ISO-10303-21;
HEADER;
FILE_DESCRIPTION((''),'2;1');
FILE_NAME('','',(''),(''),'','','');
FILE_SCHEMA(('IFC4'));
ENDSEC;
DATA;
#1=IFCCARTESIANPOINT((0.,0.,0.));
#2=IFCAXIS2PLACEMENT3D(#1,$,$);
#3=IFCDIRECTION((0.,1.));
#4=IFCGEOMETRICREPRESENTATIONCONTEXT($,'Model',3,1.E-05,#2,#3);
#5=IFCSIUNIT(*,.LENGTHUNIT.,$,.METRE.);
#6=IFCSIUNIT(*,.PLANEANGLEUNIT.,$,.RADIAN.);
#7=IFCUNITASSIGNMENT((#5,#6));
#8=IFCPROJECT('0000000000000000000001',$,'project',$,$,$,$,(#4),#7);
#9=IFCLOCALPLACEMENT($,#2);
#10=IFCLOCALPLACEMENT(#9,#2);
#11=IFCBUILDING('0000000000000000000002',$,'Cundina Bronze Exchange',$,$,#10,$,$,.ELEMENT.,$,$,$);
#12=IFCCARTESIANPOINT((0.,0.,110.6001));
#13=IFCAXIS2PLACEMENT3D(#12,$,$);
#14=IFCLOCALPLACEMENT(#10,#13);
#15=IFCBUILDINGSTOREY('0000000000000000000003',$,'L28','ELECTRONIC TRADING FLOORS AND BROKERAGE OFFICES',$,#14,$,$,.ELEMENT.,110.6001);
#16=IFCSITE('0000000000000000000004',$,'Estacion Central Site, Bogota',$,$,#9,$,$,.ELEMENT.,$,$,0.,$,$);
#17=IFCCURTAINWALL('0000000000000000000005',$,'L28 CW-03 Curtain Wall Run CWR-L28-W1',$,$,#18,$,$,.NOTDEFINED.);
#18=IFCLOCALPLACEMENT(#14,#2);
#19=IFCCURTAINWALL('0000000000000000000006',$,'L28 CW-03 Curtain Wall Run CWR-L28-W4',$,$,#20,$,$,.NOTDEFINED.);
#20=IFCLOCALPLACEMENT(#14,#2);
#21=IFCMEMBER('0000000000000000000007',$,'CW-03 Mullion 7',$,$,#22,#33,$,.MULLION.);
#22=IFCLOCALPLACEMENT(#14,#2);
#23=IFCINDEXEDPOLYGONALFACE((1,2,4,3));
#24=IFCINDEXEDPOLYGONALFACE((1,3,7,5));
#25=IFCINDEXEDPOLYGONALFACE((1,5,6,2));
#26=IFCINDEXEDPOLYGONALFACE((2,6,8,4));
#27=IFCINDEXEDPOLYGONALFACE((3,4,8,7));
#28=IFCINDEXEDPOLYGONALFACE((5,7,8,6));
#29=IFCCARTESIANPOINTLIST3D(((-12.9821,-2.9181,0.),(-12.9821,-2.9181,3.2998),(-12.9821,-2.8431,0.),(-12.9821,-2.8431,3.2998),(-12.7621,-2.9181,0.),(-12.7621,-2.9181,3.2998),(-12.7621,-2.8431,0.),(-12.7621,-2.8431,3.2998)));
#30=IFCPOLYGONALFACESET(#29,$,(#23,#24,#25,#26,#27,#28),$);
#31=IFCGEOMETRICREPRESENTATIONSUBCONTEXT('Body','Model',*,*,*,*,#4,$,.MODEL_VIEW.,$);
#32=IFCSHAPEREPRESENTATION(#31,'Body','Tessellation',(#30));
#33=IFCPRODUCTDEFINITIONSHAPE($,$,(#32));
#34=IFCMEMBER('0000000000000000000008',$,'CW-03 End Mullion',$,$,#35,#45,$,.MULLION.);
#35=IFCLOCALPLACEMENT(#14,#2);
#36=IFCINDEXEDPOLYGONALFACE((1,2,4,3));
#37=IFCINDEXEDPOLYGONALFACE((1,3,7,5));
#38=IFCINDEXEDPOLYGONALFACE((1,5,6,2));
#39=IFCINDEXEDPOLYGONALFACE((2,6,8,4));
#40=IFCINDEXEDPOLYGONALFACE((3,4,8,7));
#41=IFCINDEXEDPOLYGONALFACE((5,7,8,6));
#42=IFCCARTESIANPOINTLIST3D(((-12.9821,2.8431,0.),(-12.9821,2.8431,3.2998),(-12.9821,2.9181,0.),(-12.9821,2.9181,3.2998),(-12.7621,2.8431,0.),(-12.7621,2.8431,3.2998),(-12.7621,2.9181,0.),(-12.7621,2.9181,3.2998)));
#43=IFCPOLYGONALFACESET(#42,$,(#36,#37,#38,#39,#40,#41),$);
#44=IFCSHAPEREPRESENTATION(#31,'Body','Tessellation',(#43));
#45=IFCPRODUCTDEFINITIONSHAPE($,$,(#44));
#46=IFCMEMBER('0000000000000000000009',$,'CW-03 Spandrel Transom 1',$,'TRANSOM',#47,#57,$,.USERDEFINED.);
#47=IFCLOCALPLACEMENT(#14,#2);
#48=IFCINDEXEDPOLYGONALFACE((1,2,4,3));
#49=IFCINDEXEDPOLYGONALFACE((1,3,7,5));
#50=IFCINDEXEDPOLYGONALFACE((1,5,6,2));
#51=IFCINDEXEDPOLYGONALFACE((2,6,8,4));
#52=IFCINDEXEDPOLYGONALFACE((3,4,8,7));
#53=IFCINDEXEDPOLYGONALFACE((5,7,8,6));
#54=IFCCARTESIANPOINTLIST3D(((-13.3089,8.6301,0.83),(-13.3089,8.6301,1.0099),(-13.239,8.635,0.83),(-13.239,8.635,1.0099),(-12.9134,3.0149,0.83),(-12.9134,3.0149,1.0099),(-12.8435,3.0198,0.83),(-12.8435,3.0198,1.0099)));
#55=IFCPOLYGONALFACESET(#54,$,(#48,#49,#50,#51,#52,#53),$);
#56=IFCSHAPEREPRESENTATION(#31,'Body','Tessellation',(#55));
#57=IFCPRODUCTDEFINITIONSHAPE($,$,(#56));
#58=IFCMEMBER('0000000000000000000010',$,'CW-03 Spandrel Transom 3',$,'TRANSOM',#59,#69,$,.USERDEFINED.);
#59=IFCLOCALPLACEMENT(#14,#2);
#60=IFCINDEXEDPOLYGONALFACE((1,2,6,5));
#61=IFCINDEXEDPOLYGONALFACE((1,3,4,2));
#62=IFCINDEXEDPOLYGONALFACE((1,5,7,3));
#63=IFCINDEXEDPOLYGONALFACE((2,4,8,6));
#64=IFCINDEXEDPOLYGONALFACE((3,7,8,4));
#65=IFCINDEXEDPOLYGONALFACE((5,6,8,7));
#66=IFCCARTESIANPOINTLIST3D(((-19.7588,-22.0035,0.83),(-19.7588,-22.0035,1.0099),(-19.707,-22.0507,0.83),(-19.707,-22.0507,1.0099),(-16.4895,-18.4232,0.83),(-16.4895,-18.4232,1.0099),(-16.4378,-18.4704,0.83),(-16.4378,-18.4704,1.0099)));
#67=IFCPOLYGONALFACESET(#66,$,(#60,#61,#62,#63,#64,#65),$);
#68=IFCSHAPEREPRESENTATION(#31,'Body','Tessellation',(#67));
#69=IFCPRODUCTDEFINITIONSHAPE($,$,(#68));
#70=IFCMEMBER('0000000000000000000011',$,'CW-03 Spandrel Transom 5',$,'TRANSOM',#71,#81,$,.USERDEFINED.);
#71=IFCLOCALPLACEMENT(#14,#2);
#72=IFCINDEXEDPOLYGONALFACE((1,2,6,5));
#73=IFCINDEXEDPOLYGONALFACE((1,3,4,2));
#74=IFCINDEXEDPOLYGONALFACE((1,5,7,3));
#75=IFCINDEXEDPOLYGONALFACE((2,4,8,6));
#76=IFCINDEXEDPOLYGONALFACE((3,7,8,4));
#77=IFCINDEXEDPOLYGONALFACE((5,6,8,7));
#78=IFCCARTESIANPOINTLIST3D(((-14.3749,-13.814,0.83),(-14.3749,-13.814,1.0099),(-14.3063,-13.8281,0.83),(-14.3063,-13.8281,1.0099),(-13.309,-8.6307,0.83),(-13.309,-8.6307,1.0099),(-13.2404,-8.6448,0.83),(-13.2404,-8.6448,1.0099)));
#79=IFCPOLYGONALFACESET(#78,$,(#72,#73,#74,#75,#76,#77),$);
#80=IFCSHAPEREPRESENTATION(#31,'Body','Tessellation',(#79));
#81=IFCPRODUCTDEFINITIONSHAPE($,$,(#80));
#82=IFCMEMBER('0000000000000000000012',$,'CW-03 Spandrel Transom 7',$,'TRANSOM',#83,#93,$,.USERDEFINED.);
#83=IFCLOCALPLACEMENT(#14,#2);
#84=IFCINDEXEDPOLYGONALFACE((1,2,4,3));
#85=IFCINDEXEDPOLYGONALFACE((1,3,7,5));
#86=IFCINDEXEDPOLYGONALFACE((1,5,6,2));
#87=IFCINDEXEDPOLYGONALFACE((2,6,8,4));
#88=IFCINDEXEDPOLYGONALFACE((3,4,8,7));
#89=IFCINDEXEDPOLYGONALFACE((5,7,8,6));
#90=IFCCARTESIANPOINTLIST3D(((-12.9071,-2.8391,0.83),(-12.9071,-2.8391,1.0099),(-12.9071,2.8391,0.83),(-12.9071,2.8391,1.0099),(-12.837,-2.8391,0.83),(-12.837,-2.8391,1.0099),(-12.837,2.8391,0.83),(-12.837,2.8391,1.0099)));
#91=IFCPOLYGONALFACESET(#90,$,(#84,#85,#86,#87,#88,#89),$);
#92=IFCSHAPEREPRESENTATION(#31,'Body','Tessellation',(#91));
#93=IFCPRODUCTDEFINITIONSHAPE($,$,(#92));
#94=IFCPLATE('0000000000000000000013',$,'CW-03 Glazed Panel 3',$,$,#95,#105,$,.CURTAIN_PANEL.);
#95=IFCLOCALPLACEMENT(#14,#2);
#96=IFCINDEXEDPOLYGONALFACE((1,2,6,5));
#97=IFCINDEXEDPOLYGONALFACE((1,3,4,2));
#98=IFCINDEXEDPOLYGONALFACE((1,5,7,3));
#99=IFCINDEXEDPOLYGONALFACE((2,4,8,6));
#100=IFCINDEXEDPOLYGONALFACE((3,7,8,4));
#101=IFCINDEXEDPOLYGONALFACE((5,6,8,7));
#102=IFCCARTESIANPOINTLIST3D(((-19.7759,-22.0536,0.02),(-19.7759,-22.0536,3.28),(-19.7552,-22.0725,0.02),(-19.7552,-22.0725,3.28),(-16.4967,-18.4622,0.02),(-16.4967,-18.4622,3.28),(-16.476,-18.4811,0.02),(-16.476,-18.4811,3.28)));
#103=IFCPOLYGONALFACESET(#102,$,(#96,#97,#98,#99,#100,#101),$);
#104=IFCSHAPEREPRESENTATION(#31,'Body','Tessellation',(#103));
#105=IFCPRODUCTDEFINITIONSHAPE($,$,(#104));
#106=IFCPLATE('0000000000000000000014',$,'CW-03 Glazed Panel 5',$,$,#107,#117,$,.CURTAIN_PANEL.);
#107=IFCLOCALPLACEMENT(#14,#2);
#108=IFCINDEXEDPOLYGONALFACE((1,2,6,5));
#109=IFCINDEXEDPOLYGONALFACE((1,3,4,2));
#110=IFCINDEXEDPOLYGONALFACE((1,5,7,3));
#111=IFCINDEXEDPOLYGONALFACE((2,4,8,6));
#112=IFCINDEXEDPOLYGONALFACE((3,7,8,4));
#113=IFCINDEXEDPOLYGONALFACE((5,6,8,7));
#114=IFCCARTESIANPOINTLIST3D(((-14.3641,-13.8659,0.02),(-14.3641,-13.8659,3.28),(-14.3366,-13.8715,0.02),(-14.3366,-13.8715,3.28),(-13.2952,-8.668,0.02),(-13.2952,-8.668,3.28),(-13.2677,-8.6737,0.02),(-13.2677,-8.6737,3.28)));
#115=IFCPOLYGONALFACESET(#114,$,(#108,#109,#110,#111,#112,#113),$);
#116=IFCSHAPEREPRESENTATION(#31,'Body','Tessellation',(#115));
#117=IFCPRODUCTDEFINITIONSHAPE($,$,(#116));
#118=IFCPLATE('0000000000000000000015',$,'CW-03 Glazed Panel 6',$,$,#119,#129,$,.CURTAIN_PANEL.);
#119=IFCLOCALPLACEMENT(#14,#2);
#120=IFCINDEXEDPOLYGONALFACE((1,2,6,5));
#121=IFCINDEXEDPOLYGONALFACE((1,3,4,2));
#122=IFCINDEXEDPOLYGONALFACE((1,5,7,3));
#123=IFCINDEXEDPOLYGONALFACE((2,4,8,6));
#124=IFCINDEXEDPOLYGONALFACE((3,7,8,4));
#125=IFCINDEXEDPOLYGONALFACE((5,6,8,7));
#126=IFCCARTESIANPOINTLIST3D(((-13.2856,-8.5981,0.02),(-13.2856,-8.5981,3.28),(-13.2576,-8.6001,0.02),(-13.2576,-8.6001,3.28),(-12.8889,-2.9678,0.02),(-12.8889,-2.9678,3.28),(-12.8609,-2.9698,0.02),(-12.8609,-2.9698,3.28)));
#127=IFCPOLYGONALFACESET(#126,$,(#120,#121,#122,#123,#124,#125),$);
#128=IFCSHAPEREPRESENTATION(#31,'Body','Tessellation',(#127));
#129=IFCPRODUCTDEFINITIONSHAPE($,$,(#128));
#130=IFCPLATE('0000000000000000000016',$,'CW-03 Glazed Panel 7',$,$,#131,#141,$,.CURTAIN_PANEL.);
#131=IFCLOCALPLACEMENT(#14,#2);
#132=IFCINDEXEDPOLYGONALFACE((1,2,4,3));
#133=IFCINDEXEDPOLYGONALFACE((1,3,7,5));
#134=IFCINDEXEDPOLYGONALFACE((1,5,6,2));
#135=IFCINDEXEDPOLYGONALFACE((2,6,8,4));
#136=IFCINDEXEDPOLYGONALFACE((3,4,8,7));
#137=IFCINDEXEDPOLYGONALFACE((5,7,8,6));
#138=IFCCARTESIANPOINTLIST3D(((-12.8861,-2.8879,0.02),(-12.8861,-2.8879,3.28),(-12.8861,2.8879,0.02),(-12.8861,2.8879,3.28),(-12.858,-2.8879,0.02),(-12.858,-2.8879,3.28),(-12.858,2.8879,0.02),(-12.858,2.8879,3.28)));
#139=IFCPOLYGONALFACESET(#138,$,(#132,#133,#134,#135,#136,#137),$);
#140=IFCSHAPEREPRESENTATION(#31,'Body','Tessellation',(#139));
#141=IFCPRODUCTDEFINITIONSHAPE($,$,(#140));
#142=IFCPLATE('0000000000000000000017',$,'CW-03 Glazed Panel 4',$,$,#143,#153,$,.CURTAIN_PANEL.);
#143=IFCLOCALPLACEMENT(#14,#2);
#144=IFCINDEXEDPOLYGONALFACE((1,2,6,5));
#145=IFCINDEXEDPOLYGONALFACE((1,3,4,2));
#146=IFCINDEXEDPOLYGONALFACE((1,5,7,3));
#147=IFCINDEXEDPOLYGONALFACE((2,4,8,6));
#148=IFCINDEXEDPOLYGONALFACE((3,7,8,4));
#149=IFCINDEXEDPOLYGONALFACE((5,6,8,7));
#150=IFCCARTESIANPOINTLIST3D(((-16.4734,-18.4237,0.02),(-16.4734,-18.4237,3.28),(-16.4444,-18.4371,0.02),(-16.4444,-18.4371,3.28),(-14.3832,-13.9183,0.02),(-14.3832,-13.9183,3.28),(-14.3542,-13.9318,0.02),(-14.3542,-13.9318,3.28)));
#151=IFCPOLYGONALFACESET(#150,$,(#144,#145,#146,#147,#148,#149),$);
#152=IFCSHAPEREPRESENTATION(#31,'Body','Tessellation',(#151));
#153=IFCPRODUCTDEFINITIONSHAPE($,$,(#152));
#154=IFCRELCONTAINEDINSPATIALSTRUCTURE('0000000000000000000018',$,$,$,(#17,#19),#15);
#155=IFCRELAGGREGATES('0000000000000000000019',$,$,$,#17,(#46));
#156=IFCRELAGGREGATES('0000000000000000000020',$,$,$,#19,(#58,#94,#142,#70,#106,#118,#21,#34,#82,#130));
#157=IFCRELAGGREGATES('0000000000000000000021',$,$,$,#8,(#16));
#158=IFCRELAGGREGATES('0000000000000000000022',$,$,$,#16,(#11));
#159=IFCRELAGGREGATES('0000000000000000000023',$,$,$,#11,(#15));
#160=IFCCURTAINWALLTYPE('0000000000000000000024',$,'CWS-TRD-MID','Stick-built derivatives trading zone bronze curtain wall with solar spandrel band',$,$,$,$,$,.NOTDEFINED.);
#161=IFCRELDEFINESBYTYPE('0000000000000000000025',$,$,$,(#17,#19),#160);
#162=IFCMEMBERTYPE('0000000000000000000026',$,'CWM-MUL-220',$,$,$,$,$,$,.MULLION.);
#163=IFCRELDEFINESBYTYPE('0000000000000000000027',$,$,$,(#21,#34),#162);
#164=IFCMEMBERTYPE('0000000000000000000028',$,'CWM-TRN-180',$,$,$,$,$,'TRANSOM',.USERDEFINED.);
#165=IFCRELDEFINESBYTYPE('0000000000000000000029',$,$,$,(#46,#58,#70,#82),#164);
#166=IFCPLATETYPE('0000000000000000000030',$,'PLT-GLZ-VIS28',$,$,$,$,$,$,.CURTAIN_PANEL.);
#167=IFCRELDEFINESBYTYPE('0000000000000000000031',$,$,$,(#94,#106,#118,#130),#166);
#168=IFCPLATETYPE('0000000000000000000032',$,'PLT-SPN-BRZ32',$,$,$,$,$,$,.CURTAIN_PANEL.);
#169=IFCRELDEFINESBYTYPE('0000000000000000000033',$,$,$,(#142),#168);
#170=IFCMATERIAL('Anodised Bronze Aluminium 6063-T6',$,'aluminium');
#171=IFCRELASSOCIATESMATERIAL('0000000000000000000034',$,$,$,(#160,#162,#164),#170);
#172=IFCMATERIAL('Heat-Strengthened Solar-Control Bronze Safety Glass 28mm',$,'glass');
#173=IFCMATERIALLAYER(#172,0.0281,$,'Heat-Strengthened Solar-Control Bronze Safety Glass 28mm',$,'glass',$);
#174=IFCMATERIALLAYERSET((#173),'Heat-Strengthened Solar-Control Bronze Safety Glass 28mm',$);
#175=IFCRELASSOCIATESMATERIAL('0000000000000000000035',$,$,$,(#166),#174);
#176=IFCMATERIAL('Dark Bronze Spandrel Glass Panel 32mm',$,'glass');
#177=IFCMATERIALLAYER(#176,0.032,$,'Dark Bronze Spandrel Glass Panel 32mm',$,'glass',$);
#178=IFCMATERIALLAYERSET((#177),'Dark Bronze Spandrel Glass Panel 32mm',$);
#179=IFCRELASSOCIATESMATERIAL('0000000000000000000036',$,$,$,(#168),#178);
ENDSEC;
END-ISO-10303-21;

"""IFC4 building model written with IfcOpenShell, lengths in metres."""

from ifc_helpers import new_model, si_unit, direction, frame, origin, origin_2d, place, context, subcontext, project, spatial, rectangle, extrude, material, layer, layer_set, material_profile, profile_set, type_object, element, aggregate, save


model = new_model("IFC4")

# Units and contexts
model_context = context("Model", 3, precision=1e-05, world=origin(), true_north=direction((0.0, 1.0)))
body_context = subcontext(model_context, "Body", "Model", "MODEL_VIEW")
ifc_project = project(units=[si_unit("LENGTHUNIT", "METRE"), si_unit("PLANEANGLEUNIT", "RADIAN")], contexts=[model_context])

# Site, building, storey
site_placement = place(None, origin())
site = spatial("IfcSite", under=ifc_project, at=site_placement, Name="Estacion Central Site, Bogota", CompositionType="ELEMENT", RefElevation=0.0)
building_placement = place(site_placement, origin())
building = spatial("IfcBuilding", under=site, at=building_placement, Name="Cundina Bronze Exchange", CompositionType="ELEMENT")
storey_placement = place(building_placement, frame((0.0, 0.0, 110.6001)))
storey = spatial("IfcBuildingStorey", under=building, at=storey_placement, Name="L28", Description="ELECTRONIC TRADING FLOORS AND BROKERAGE OFFICES", CompositionType="ELEMENT", Elevation=110.6001)

# Curtain wall
ifc_material_1 = material(Name="Anodised Bronze Aluminium 6063-T6", Category="aluminium")
curtain_wall_type = type_object("IfcCurtainWallType", Name="CWS-TRD-MID", Description="Stick-built derivatives trading zone bronze curtain wall with solar spandrel band", PredefinedType="NOTDEFINED", material=ifc_material_1)
curtain_wall_1_placement = place(storey_placement, origin())
curtain_wall_1 = element("IfcCurtainWall", 1, at=curtain_wall_1_placement, inside=storey, type_object=curtain_wall_type, Name="L28 CW-03 Curtain Wall Run CWR-L28-W1", PredefinedType="NOTDEFINED")
ifc_material_profile_1 = material_profile(ifc_material_1, rectangle(XDim=0.075, YDim=0.22, at=origin_2d()), Name="AL75X220", Category="aluminium")
ifc_profile_set_1 = profile_set([ifc_material_profile_1], Name="Anodised Bronze Aluminium 6063-T6")
member_type_1 = type_object("IfcMemberType", Name="CWM-MUL-220", PredefinedType="MULLION", material=ifc_profile_set_1)

# Curtain wall, members
curtain_wall_2_placement = place(storey_placement, origin())
curtain_wall_2 = element("IfcCurtainWall", 2, at=curtain_wall_2_placement, inside=storey, type_object=curtain_wall_type, Name="L28 CW-03 Curtain Wall Run CWR-L28-W4", PredefinedType="NOTDEFINED")
member_1_placement = place(storey_placement, frame((-12.8721, -2.8806, 0.0), z_axis=(0.0, 0.0, 1.0), x_axis=(0.0, 1.0, 0.0)))
member_1 = element("IfcMember", 3, at=member_1_placement, type_object=member_type_1, Name="CW-03 Mullion 7", PredefinedType="MULLION", context=body_context, shape_type="SweptSolid", body=[
    extrude(rectangle(XDim=0.075, YDim=0.22, at=origin_2d()), origin(), (0.0, 0.0, 1.0), 3.2998),
])
member_2_placement = place(storey_placement, frame((-12.8721, 2.8806, 0.0), z_axis=(0.0, 0.0, 1.0), x_axis=(0.0, 1.0, 0.0)))
member_2 = element("IfcMember", 4, at=member_2_placement, type_object=member_type_1, Name="CW-03 End Mullion", PredefinedType="MULLION", context=body_context, shape_type="SweptSolid", body=[
    extrude(rectangle(XDim=0.075, YDim=0.22, at=origin_2d()), origin(), (0.0, 0.0, 1.0), 3.2998),
])

# Members
ifc_material_profile_2 = material_profile(ifc_material_1, rectangle(XDim=0.0701, YDim=0.1799, at=origin_2d()), Name="AL70X180", Category="aluminium")
ifc_profile_set_2 = profile_set([ifc_material_profile_2], Name="Anodised Bronze Aluminium 6063-T6")
member_type_2 = type_object("IfcMemberType", Name="CWM-TRN-180", ElementType="TRANSOM", PredefinedType="USERDEFINED", material=ifc_profile_set_2)
member_3_placement = place(storey_placement, frame((-12.8784, 3.0173, 0.9199), z_axis=(-0.070261, 0.997529, 0.0), x_axis=(-0.997529, -0.070261, 0.0)))
member_3 = element("IfcMember", 5, at=member_3_placement, type_object=member_type_2, Name="CW-03 Spandrel Transom 1", ObjectType="TRANSOM", PredefinedType="USERDEFINED", context=body_context, shape_type="SweptSolid", body=[
    extrude(rectangle(XDim=0.0701, YDim=0.1799, at=origin_2d()), origin(), (0.0, 0.0, 1.0), 5.6292),
])
aggregate(curtain_wall_1, [member_3])
member_4_placement = place(storey_placement, frame((-19.7329, -22.0271, 0.9199), z_axis=(0.674303, 0.738455, 0.0), x_axis=(-0.738455, 0.674303, 0.0)))
member_4 = element("IfcMember", 6, at=member_4_placement, type_object=member_type_2, Name="CW-03 Spandrel Transom 3", ObjectType="TRANSOM", PredefinedType="USERDEFINED", context=body_context, shape_type="SweptSolid", body=[
    extrude(rectangle(XDim=0.0701, YDim=0.1799, at=origin_2d()), origin(), (0.0, 0.0, 1.0), 4.8484),
])
member_5_placement = place(storey_placement, frame((-14.3406, -13.821, 0.9199), z_axis=(0.201428, 0.979503, 0.0), x_axis=(-0.979503, 0.201428, 0.0)))
member_5 = element("IfcMember", 7, at=member_5_placement, type_object=member_type_2, Name="CW-03 Spandrel Transom 5", ObjectType="TRANSOM", PredefinedType="USERDEFINED", context=body_context, shape_type="SweptSolid", body=[
    extrude(rectangle(XDim=0.0701, YDim=0.1799, at=origin_2d()), origin(), (0.0, 0.0, 1.0), 5.2917),
])
member_6_placement = place(storey_placement, frame((-12.8721, -2.8391, 0.9199), z_axis=(0.0, 1.0, 0.0), x_axis=(-1.0, 0.0, 0.0)))
member_6 = element("IfcMember", 8, at=member_6_placement, type_object=member_type_2, Name="CW-03 Spandrel Transom 7", ObjectType="TRANSOM", PredefinedType="USERDEFINED", context=body_context, shape_type="SweptSolid", body=[
    extrude(rectangle(XDim=0.0701, YDim=0.1799, at=origin_2d()), origin(), (0.0, 0.0, 1.0), 5.6782),
])

# Plates
ifc_material_2 = material(Name="Heat-Strengthened Solar-Control Bronze Safety Glass 28mm", Category="glass")
ifc_layer_1 = layer(ifc_material_2, 0.0281, Name="Heat-Strengthened Solar-Control Bronze Safety Glass 28mm", Category="glass")
ifc_layer_set_1 = layer_set([ifc_layer_1], Name="Heat-Strengthened Solar-Control Bronze Safety Glass 28mm")
plate_type_1 = type_object("IfcPlateType", Name="PLT-GLZ-VIS28", PredefinedType="CURTAIN_PANEL", material=ifc_layer_set_1)
plate_1_placement = place(storey_placement, frame((-18.126, -20.2673, 0.02), z_axis=(0.0, 0.0, 1.0), x_axis=(0.674277, 0.738479, 0.0)))
plate_1 = element("IfcPlate", 9, at=plate_1_placement, type_object=plate_type_1, Name="CW-03 Glazed Panel 3", PredefinedType="CURTAIN_PANEL", context=body_context, shape_type="SweptSolid", body=[
    extrude(rectangle(XDim=4.8633, YDim=0.0281, at=origin_2d()), origin(), (0.0, 0.0, 1.0), 3.26),
])
plate_2_placement = place(storey_placement, frame((-13.8159, -11.2698, 0.02), z_axis=(0.0, 0.0, 1.0), x_axis=(0.20142, 0.979505, 0.0)))
plate_2 = element("IfcPlate", 10, at=plate_2_placement, type_object=plate_type_1, Name="CW-03 Glazed Panel 5", PredefinedType="CURTAIN_PANEL", context=body_context, shape_type="SweptSolid", body=[
    extrude(rectangle(XDim=5.3066, YDim=0.0281, at=origin_2d()), origin(), (0.0, 0.0, 1.0), 3.26),
])
plate_3_placement = place(storey_placement, frame((-13.0732, -5.7839, 0.02), z_axis=(0.0, 0.0, 1.0), x_axis=(0.070279, 0.997527, 0.0)))
plate_3 = element("IfcPlate", 11, at=plate_3_placement, type_object=plate_type_1, Name="CW-03 Glazed Panel 6", PredefinedType="CURTAIN_PANEL", context=body_context, shape_type="SweptSolid", body=[
    extrude(rectangle(XDim=5.6443, YDim=0.0281, at=origin_2d()), origin(), (0.0, 0.0, 1.0), 3.26),
])
plate_4_placement = place(storey_placement, frame((-12.8721, 0.0, 0.02), z_axis=(0.0, 0.0, 1.0), x_axis=(0.0, 1.0, 0.0)))
plate_4 = element("IfcPlate", 12, at=plate_4_placement, type_object=plate_type_1, Name="CW-03 Glazed Panel 7", PredefinedType="CURTAIN_PANEL", context=body_context, shape_type="SweptSolid", body=[
    extrude(rectangle(XDim=5.7759, YDim=0.0281, at=origin_2d()), origin(), (0.0, 0.0, 1.0), 3.26),
])
ifc_material_3 = material(Name="Dark Bronze Spandrel Glass Panel 32mm", Category="glass")
ifc_layer_2 = layer(ifc_material_3, 0.032, Name="Dark Bronze Spandrel Glass Panel 32mm", Category="glass")
ifc_layer_set_2 = layer_set([ifc_layer_2], Name="Dark Bronze Spandrel Glass Panel 32mm")
plate_type_2 = type_object("IfcPlateType", Name="PLT-SPN-BRZ32", PredefinedType="CURTAIN_PANEL", material=ifc_layer_set_2)
plate_5_placement = place(storey_placement, frame((-15.4138, -16.1777, 0.02), z_axis=(0.0, 0.0, 1.0), x_axis=(0.420846, 0.907132, 0.0)))
plate_5 = element("IfcPlate", 13, at=plate_5_placement, type_object=plate_type_2, Name="CW-03 Glazed Panel 4", PredefinedType="CURTAIN_PANEL", context=body_context, shape_type="SweptSolid", body=[
    extrude(rectangle(XDim=4.9666, YDim=0.032, at=origin_2d()), origin(), (0.0, 0.0, 1.0), 3.26),
])
aggregate(curtain_wall_2, [member_4, plate_1, plate_5, member_5, plate_2, plate_3, member_1, member_2, member_6, plate_4])

save(model, "model.ifc")
